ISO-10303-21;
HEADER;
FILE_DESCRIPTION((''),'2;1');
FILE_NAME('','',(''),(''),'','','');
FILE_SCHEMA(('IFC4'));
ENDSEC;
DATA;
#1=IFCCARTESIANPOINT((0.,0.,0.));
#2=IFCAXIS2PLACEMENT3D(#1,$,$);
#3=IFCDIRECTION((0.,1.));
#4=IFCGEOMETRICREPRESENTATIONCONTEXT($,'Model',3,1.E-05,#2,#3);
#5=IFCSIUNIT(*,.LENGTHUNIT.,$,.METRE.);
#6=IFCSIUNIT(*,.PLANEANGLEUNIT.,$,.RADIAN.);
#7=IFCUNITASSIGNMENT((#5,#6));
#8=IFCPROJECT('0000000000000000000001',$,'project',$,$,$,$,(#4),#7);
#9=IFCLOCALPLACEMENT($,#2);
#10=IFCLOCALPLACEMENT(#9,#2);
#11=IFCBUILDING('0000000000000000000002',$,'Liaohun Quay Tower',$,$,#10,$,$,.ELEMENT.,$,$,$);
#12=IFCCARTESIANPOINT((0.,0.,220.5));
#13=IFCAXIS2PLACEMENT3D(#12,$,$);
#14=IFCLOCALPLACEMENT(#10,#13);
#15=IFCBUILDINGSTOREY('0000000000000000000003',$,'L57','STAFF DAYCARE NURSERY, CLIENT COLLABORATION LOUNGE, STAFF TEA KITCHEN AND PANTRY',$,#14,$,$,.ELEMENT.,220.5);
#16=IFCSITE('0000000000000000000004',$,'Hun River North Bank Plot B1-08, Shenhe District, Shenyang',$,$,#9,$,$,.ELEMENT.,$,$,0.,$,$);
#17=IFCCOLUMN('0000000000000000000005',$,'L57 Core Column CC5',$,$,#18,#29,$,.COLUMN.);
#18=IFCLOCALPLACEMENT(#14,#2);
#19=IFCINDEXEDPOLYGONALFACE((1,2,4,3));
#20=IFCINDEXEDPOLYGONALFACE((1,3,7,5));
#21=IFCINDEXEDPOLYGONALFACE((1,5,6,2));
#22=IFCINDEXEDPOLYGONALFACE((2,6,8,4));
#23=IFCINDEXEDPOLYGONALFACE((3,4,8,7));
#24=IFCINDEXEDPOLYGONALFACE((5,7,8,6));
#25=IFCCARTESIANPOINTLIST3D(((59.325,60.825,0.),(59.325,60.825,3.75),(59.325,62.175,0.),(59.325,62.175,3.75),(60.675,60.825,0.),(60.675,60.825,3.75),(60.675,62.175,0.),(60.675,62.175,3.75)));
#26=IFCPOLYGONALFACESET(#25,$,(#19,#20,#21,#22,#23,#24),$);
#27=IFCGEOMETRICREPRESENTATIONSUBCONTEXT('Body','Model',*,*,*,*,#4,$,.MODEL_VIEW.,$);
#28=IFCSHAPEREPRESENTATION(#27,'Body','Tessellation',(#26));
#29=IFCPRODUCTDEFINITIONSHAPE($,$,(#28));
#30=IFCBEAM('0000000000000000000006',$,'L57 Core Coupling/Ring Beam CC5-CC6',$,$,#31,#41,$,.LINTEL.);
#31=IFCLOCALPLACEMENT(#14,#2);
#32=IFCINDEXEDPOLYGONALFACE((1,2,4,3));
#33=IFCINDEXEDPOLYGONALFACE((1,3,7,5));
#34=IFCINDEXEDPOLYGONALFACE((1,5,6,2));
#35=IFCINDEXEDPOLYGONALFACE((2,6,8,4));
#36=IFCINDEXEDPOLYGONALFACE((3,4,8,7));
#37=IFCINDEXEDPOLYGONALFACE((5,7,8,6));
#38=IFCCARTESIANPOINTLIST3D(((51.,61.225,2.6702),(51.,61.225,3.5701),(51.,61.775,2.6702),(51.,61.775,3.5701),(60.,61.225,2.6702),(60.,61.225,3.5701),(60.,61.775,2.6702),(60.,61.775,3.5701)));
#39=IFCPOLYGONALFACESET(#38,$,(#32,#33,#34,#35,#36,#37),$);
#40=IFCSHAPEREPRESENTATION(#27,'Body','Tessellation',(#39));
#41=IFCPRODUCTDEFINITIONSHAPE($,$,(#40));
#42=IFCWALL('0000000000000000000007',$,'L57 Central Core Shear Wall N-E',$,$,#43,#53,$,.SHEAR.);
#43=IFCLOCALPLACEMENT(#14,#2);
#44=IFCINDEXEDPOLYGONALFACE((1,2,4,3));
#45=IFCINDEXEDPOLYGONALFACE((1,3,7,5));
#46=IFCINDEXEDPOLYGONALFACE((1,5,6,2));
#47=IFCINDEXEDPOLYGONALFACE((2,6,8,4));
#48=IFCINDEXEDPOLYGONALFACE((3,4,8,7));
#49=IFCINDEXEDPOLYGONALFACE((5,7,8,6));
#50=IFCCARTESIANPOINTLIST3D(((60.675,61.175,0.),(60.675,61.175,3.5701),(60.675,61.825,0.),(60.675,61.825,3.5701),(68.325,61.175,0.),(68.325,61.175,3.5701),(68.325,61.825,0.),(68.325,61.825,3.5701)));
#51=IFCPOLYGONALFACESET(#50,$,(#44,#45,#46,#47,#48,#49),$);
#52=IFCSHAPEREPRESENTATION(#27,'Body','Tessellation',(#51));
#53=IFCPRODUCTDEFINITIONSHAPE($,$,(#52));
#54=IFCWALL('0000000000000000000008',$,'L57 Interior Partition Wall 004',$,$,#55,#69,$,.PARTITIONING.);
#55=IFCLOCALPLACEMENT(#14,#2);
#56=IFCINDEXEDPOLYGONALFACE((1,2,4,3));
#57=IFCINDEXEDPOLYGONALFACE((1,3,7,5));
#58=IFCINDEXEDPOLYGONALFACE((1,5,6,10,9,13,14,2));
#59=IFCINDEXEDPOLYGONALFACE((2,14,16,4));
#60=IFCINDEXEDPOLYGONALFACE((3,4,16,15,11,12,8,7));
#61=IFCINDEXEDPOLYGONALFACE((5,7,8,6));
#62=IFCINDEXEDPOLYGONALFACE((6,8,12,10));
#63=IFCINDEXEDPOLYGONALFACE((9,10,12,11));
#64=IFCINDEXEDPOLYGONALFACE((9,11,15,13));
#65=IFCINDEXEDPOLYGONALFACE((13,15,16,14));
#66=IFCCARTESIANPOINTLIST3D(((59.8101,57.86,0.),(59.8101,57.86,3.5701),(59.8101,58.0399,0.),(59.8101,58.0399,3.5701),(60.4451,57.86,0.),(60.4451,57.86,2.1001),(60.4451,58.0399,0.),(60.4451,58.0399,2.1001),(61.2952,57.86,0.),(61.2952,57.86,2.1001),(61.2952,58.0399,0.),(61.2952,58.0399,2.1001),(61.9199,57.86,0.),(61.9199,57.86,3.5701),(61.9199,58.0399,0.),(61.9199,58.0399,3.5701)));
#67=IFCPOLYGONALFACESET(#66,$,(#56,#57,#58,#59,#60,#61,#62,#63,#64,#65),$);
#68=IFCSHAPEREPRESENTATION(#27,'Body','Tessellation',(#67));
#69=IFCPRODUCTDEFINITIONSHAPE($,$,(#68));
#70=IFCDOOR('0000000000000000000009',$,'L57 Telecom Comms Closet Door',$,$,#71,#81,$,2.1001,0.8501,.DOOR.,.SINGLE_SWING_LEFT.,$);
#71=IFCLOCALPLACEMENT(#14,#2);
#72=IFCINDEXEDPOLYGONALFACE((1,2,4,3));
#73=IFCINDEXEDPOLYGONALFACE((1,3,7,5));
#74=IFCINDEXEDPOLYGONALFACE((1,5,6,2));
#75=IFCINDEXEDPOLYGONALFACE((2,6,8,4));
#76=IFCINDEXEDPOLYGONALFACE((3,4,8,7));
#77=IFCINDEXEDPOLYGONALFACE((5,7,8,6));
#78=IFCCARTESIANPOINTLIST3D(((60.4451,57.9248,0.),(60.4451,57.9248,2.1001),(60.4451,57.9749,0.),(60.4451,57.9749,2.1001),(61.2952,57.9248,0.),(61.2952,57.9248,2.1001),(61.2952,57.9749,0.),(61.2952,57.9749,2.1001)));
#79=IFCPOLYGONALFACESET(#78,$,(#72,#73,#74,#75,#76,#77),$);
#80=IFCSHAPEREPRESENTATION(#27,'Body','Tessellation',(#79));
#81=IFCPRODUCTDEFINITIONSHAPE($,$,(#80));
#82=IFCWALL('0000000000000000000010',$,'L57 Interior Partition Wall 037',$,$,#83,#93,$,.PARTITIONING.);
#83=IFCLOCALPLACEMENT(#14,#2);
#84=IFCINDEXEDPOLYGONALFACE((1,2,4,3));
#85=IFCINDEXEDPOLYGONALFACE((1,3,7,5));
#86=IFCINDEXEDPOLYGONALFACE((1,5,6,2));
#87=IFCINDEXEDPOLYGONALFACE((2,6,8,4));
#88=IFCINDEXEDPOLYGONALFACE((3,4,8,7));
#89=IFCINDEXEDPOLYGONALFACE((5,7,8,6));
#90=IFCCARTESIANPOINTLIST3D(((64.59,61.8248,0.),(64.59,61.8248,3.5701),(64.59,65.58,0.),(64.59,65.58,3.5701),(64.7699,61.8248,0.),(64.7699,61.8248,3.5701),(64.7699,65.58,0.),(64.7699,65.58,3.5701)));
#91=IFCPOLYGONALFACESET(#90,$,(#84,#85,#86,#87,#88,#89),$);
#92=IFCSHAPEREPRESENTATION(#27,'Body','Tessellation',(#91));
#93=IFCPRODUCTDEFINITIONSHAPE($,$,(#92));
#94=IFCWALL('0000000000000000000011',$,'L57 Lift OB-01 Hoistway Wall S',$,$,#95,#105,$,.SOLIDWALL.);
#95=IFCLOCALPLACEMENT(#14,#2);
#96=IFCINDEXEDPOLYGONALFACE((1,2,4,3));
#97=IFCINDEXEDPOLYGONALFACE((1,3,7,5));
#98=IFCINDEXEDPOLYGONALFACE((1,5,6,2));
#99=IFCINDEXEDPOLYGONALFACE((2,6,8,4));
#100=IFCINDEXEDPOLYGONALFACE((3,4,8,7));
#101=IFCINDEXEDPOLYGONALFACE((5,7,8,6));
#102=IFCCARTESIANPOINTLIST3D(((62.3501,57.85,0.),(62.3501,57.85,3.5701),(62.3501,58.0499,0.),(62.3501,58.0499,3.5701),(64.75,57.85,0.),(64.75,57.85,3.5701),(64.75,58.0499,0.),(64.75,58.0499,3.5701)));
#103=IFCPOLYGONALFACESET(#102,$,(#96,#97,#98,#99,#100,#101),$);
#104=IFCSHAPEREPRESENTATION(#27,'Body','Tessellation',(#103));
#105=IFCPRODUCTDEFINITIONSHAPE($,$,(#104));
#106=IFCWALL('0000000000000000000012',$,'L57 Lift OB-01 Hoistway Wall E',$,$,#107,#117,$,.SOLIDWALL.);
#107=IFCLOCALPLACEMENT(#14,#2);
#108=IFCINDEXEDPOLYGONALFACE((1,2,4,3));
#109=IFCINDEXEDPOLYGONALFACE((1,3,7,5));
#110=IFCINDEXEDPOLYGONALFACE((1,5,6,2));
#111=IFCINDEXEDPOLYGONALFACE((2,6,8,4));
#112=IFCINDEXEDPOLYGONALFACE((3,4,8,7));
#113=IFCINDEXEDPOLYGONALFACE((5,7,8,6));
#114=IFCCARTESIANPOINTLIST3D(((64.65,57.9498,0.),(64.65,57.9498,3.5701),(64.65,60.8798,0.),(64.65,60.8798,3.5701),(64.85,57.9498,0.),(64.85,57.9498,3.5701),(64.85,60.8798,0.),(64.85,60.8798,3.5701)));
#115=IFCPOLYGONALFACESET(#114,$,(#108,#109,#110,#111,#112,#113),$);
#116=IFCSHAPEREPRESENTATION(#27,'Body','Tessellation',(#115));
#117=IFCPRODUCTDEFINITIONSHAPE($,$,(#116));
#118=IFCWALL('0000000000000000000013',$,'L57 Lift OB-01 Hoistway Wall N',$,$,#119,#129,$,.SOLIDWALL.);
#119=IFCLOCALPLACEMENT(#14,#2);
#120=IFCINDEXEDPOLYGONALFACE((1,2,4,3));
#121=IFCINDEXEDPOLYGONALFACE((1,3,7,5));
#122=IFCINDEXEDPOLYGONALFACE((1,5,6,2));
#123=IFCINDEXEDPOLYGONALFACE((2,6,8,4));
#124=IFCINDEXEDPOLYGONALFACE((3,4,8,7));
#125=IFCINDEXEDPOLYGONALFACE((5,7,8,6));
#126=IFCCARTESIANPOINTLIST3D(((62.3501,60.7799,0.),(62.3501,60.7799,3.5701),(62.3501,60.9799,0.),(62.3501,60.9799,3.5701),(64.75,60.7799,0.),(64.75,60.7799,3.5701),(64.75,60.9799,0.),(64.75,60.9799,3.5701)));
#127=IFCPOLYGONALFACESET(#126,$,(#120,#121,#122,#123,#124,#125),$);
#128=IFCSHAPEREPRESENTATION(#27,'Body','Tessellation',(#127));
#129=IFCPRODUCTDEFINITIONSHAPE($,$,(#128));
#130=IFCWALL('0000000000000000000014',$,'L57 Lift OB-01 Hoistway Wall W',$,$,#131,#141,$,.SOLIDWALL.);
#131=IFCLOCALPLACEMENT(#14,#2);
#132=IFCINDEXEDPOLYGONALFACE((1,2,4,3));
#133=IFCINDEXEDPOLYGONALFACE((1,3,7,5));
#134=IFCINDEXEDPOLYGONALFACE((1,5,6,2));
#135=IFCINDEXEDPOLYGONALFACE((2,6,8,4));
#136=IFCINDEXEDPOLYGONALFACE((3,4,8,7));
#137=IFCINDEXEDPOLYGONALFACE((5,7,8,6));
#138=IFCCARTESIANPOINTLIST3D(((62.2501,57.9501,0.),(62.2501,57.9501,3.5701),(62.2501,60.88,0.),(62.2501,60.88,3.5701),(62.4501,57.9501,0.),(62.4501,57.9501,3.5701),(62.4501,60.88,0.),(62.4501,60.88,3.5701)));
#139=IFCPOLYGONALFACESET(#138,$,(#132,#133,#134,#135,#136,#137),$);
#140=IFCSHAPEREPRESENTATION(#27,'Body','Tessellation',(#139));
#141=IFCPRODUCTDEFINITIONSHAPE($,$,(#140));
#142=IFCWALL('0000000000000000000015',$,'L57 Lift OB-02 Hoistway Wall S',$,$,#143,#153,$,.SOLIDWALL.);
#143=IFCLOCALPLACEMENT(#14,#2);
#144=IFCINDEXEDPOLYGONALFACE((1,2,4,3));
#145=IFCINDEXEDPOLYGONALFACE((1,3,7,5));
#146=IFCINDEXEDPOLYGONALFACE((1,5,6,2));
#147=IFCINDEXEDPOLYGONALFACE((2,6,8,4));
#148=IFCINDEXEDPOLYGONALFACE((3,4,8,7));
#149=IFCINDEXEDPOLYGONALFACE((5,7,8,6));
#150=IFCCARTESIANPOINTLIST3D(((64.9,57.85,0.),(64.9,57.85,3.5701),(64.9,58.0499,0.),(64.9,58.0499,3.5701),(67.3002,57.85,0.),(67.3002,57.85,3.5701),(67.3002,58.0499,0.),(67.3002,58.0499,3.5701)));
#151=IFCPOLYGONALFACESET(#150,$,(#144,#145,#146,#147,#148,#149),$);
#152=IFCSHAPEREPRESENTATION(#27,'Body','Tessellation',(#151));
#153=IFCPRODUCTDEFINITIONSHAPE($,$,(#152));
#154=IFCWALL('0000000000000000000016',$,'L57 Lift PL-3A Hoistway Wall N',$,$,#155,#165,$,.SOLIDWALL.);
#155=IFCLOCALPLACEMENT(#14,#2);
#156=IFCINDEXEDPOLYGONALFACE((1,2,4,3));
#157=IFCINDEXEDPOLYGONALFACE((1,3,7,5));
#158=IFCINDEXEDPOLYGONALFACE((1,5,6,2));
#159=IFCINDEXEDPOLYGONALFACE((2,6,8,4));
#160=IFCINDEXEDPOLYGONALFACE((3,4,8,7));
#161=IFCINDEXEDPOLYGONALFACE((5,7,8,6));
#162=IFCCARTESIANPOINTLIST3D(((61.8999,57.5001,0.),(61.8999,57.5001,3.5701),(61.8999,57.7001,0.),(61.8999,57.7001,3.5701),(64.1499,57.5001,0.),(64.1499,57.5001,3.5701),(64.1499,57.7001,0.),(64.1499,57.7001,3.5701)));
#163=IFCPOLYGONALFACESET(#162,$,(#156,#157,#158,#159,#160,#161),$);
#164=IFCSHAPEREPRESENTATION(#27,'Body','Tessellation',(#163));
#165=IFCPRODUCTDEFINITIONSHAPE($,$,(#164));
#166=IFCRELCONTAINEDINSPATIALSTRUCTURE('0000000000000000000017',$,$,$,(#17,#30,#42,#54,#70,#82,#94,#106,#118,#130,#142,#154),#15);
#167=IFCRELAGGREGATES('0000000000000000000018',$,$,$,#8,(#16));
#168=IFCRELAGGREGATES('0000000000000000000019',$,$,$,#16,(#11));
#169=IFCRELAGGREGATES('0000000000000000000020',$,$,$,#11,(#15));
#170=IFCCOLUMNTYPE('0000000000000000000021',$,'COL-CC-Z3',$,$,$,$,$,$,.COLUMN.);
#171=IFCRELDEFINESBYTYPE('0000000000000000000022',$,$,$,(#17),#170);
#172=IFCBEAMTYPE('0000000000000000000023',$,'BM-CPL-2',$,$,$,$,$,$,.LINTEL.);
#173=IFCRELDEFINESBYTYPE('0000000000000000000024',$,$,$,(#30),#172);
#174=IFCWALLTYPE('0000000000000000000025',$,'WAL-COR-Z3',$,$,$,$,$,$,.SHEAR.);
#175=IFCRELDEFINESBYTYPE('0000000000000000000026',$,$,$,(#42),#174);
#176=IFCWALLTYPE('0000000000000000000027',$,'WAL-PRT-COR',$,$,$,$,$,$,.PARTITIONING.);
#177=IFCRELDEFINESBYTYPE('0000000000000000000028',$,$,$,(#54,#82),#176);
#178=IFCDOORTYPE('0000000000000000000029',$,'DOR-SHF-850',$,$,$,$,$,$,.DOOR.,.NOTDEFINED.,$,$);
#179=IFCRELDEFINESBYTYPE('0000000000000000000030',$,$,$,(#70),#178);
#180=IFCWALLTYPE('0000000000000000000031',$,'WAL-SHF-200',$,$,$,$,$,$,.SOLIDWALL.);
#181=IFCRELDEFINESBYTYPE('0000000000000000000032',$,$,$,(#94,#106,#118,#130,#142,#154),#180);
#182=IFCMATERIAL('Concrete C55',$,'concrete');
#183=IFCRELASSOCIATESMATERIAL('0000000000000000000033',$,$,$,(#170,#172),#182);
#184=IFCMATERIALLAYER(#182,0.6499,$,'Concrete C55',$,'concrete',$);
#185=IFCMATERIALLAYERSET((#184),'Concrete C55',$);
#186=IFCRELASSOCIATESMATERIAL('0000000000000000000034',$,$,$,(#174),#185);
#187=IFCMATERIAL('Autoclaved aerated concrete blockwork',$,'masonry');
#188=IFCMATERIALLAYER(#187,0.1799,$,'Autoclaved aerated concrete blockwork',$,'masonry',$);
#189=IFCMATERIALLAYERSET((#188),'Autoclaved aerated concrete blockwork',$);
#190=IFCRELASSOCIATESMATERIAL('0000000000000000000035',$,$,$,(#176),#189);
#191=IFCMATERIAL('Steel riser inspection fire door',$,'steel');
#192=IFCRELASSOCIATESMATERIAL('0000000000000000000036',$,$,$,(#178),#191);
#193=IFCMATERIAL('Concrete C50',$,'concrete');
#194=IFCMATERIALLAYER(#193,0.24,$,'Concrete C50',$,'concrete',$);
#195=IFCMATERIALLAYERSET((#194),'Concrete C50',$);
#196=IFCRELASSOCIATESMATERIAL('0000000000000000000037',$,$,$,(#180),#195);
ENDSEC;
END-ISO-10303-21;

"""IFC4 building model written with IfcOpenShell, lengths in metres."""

from ifc_helpers import new_model, si_unit, direction, frame, frame_2d, origin, origin_2d, place, context, subcontext, project, spatial, rectangle, extrude, source, transform, mapped, material, layer, layer_set, material_profile, profile_set, type_object, element, fill, save


model = new_model("IFC4")

# Units and contexts
model_context = context("Model", 3, precision=1e-05, world=origin(), true_north=direction((0.0, 1.0)))
body_context = subcontext(model_context, "Body", "Model", "MODEL_VIEW")
ifc_project = project(units=[si_unit("LENGTHUNIT", "METRE"), si_unit("PLANEANGLEUNIT", "RADIAN")], contexts=[model_context])

# Site, building, storey
site_placement = place(None, origin())
site = spatial("IfcSite", under=ifc_project, at=site_placement, Name="Hun River North Bank Plot B1-08, Shenhe District, Shenyang", CompositionType="ELEMENT", RefElevation=0.0)
building_placement = place(site_placement, origin())
building = spatial("IfcBuilding", under=site, at=building_placement, Name="Liaohun Quay Tower", CompositionType="ELEMENT")
storey_placement = place(building_placement, frame((0.0, 0.0, 220.5)))
storey = spatial("IfcBuildingStorey", under=building, at=storey_placement, Name="L57", Description="STAFF DAYCARE NURSERY, CLIENT COLLABORATION LOUNGE, STAFF TEA KITCHEN AND PANTRY", CompositionType="ELEMENT", Elevation=220.5)

# Column
ifc_material_1 = material(Name="Concrete C55", Category="concrete")
ifc_material_profile_1 = material_profile(ifc_material_1, rectangle(XDim=1.3501, YDim=1.3501, at=origin_2d()), Name="RC1350x1350")
ifc_profile_set_1 = profile_set([ifc_material_profile_1], Name="Concrete C55")
column_type = type_object("IfcColumnType", Name="COL-CC-Z3", PredefinedType="COLUMN", material=ifc_profile_set_1)
shared_shape_1 = source(origin(), body_context, "Body", "SweptSolid", [
    extrude(rectangle(XDim=1.3501, YDim=1.3501, at=origin_2d()), origin(), (0.0, 0.0, 1.0), 3.75),
])
column_placement = place(storey_placement, frame((60.0, 61.5, 0.0), z_axis=(0.0, 0.0, 1.0), x_axis=(1.0, 0.0, 0.0)))
element("IfcColumn", 1, at=column_placement, inside=storey, type_object=column_type, Name="L57 Core Column CC5", PredefinedType="COLUMN", context=body_context, shape_type="MappedRepresentation", body=[
    mapped(shared_shape_1, transform((0.0, 0.0, 0.0), x_axis=(1.0, 0.0, 0.0), y_axis=(0.0, 1.0, 0.0), z_axis=(0.0, 0.0, 1.0), scale=1.0)),
])

# Beam
ifc_material_profile_2 = material_profile(ifc_material_1, rectangle(XDim=0.55, YDim=0.8999, at=origin_2d()), Name="RC550x900")
ifc_profile_set_2 = profile_set([ifc_material_profile_2], Name="Concrete C55")
beam_type = type_object("IfcBeamType", Name="BM-CPL-2", PredefinedType="LINTEL", material=ifc_profile_set_2)
shared_shape_2 = source(origin(), body_context, "Body", "SweptSolid", [
    extrude(rectangle(XDim=0.55, YDim=0.8999, at=origin_2d()), origin(), (0.0, 0.0, 1.0), 9.0),
])
beam_placement = place(storey_placement, frame((60.0, 61.5, 3.1201), z_axis=(-1.0, 0.0, 0.0), x_axis=(0.0, -1.0, 0.0)))
element("IfcBeam", 2, at=beam_placement, inside=storey, type_object=beam_type, Name="L57 Core Coupling/Ring Beam CC5-CC6", PredefinedType="LINTEL", context=body_context, shape_type="MappedRepresentation", body=[
    mapped(shared_shape_2, transform((0.0, 0.0, 0.0), x_axis=(1.0, 0.0, 0.0), y_axis=(0.0, 1.0, 0.0), z_axis=(0.0, 0.0, 1.0), scale=1.0)),
])

# Wall
ifc_layer_1 = layer(ifc_material_1, 0.6499, Name="Concrete C55", Category="concrete")
ifc_layer_set_1 = layer_set([ifc_layer_1], Name="Concrete C55")
wall_type_1 = type_object("IfcWallType", Name="WAL-COR-Z3", PredefinedType="SHEAR", material=ifc_layer_set_1)
wall_1_placement = place(storey_placement, frame((60.675, 61.5, 0.0), z_axis=(0.0, 0.0, 1.0), x_axis=(1.0, 0.0, 0.0)))
element("IfcWall", 3, at=wall_1_placement, inside=storey, type_object=wall_type_1, Name="L57 Central Core Shear Wall N-E", PredefinedType="SHEAR", context=body_context, shape_type="SweptSolid", body=[
    extrude(rectangle(XDim=7.6499, YDim=0.6499, at=frame_2d((3.825, 0.0))), origin(), (0.0, 0.0, 1.0), 3.5701),
])

# Wall, opening, door
ifc_material_2 = material(Name="Autoclaved aerated concrete blockwork", Category="masonry")
ifc_layer_2 = layer(ifc_material_2, 0.1799, Name="Autoclaved aerated concrete blockwork", Category="masonry")
ifc_layer_set_2 = layer_set([ifc_layer_2], Name="Autoclaved aerated concrete blockwork")
wall_type_2 = type_object("IfcWallType", Name="WAL-PRT-COR", PredefinedType="PARTITIONING", material=ifc_layer_set_2)
wall_2_placement = place(storey_placement, frame((59.8101, 57.95, 0.0), z_axis=(0.0, 0.0, 1.0), x_axis=(1.0, 0.0, 0.0)))
wall_2 = element("IfcWall", 4, at=wall_2_placement, inside=storey, type_object=wall_type_2, Name="L57 Interior Partition Wall 004", PredefinedType="PARTITIONING", context=body_context, shape_type="SweptSolid", body=[
    extrude(rectangle(XDim=2.1099, YDim=0.1799, at=frame_2d((1.0549, 0.0))), origin(), (0.0, 0.0, 1.0), 3.5701),
])
shared_shape_3 = source(origin(), body_context, "Body", "SweptSolid", [
    extrude(rectangle(XDim=0.8501, YDim=2.1001, at=frame_2d((0.425, 1.05))), frame((0.0, 0.0999, 0.0), z_axis=(0.0, -1.0, 0.0), x_axis=(1.0, 0.0, 0.0)), (0.0, 0.0, 1.0), 0.2),
])
opening_placement = place(wall_2_placement, frame((0.635, 0.0, 0.0)))
opening = element("IfcOpeningElement", 5, at=opening_placement, cuts=wall_2, PredefinedType="OPENING", context=body_context, shape_type="MappedRepresentation", body=[
    mapped(shared_shape_3, transform((0.0, 0.0, 0.0), x_axis=(1.0, 0.0, 0.0), y_axis=(0.0, 1.0, 0.0), z_axis=(0.0, 0.0, 1.0), scale=1.0)),
])
ifc_material_3 = material(Name="Steel riser inspection fire door", Category="steel")
door_type = type_object("IfcDoorType", Name="DOR-SHF-850", OperationType="NOTDEFINED", PredefinedType="DOOR", material=ifc_material_3)
shared_shape_4 = source(origin(), body_context, "Body", "SweptSolid", [
    extrude(rectangle(XDim=0.8501, YDim=2.1001, at=frame_2d((0.425, 1.05))), frame((0.0, 0.0249, 0.0), z_axis=(0.0, -1.0, 0.0), x_axis=(1.0, 0.0, 0.0)), (0.0, 0.0, 1.0), 0.05),
])
door_placement = place(opening_placement, origin())
door = element("IfcDoor", 6, at=door_placement, inside=storey, type_object=door_type, Name="L57 Telecom Comms Closet Door", OperationType="SINGLE_SWING_LEFT", OverallHeight=2.1001, OverallWidth=0.8501, PredefinedType="DOOR", context=body_context, shape_type="MappedRepresentation", body=[
    mapped(shared_shape_4, transform((0.0, 0.0, 0.0), x_axis=(1.0, 0.0, 0.0), y_axis=(0.0, 1.0, 0.0), z_axis=(0.0, 0.0, 1.0), scale=1.0)),
])
fill(opening, door)

# Walls
wall_3_placement = place(storey_placement, frame((64.6799, 61.825, 0.0), z_axis=(0.0, 0.0, 1.0), x_axis=(0.0, 1.0, 0.0)))
element("IfcWall", 7, at=wall_3_placement, inside=storey, type_object=wall_type_2, Name="L57 Interior Partition Wall 037", PredefinedType="PARTITIONING", context=body_context, shape_type="SweptSolid", body=[
    extrude(rectangle(XDim=3.7551, YDim=0.1799, at=frame_2d((1.8774, 0.0))), origin(), (0.0, 0.0, 1.0), 3.5701),
])
ifc_material_4 = material(Name="Concrete C50", Category="concrete")
ifc_layer_3 = layer(ifc_material_4, 0.24, Name="Concrete C50", Category="concrete")
ifc_layer_set_3 = layer_set([ifc_layer_3], Name="Concrete C50")
wall_type_3 = type_object("IfcWallType", Name="WAL-SHF-200", PredefinedType="SOLIDWALL", material=ifc_layer_set_3)
wall_4_placement = place(storey_placement, frame((62.3501, 57.95, 0.0), z_axis=(0.0, 0.0, 1.0), x_axis=(1.0, 0.0, 0.0)))
element("IfcWall", 8, at=wall_4_placement, inside=storey, type_object=wall_type_3, Name="L57 Lift OB-01 Hoistway Wall S", PredefinedType="SOLIDWALL", context=body_context, shape_type="SweptSolid", body=[
    extrude(rectangle(XDim=2.3999, YDim=0.2, at=frame_2d((1.2, 0.0))), origin(), (0.0, 0.0, 1.0), 3.5701),
])
wall_5_placement = place(storey_placement, frame((64.75, 57.95, 0.0), z_axis=(0.0, 0.0, 1.0), x_axis=(0.0, 1.0, 0.0)))
element("IfcWall", 9, at=wall_5_placement, inside=storey, type_object=wall_type_3, Name="L57 Lift OB-01 Hoistway Wall E", PredefinedType="SOLIDWALL", context=body_context, shape_type="SweptSolid", body=[
    extrude(rectangle(XDim=2.9299, YDim=0.2, at=frame_2d((1.4648, 0.0))), origin(), (0.0, 0.0, 1.0), 3.5701),
])
wall_6_placement = place(storey_placement, frame((64.75, 60.8799, 0.0), z_axis=(0.0, 0.0, 1.0), x_axis=(-1.0, 0.0, 0.0)))
element("IfcWall", 10, at=wall_6_placement, inside=storey, type_object=wall_type_3, Name="L57 Lift OB-01 Hoistway Wall N", PredefinedType="SOLIDWALL", context=body_context, shape_type="SweptSolid", body=[
    extrude(rectangle(XDim=2.3999, YDim=0.2, at=frame_2d((1.2, 0.0))), origin(), (0.0, 0.0, 1.0), 3.5701),
])
wall_7_placement = place(storey_placement, frame((62.3501, 60.8799, 0.0), z_axis=(0.0, 0.0, 1.0), x_axis=(0.0, -1.0, 0.0)))
element("IfcWall", 11, at=wall_7_placement, inside=storey, type_object=wall_type_3, Name="L57 Lift OB-01 Hoistway Wall W", PredefinedType="SOLIDWALL", context=body_context, shape_type="SweptSolid", body=[
    extrude(rectangle(XDim=2.9299, YDim=0.2, at=frame_2d((1.4648, 0.0))), origin(), (0.0, 0.0, 1.0), 3.5701),
])
wall_8_placement = place(storey_placement, frame((64.8999, 57.95, 0.0), z_axis=(0.0, 0.0, 1.0), x_axis=(1.0, 0.0, 0.0)))
element("IfcWall", 12, at=wall_8_placement, inside=storey, type_object=wall_type_3, Name="L57 Lift OB-02 Hoistway Wall S", PredefinedType="SOLIDWALL", context=body_context, shape_type="SweptSolid", body=[
    extrude(rectangle(XDim=2.4001, YDim=0.2, at=frame_2d((1.2002, 0.0))), origin(), (0.0, 0.0, 1.0), 3.5701),
])
wall_9_placement = place(storey_placement, frame((64.1499, 57.6001, 0.0), z_axis=(0.0, 0.0, 1.0), x_axis=(-1.0, 0.0, 0.0)))
element("IfcWall", 13, at=wall_9_placement, inside=storey, type_object=wall_type_3, Name="L57 Lift PL-3A Hoistway Wall N", PredefinedType="SOLIDWALL", context=body_context, shape_type="SweptSolid", body=[
    extrude(rectangle(XDim=2.25, YDim=0.2, at=frame_2d((1.125, 0.0))), origin(), (0.0, 0.0, 1.0), 3.5701),
])

save(model, "model.ifc")
